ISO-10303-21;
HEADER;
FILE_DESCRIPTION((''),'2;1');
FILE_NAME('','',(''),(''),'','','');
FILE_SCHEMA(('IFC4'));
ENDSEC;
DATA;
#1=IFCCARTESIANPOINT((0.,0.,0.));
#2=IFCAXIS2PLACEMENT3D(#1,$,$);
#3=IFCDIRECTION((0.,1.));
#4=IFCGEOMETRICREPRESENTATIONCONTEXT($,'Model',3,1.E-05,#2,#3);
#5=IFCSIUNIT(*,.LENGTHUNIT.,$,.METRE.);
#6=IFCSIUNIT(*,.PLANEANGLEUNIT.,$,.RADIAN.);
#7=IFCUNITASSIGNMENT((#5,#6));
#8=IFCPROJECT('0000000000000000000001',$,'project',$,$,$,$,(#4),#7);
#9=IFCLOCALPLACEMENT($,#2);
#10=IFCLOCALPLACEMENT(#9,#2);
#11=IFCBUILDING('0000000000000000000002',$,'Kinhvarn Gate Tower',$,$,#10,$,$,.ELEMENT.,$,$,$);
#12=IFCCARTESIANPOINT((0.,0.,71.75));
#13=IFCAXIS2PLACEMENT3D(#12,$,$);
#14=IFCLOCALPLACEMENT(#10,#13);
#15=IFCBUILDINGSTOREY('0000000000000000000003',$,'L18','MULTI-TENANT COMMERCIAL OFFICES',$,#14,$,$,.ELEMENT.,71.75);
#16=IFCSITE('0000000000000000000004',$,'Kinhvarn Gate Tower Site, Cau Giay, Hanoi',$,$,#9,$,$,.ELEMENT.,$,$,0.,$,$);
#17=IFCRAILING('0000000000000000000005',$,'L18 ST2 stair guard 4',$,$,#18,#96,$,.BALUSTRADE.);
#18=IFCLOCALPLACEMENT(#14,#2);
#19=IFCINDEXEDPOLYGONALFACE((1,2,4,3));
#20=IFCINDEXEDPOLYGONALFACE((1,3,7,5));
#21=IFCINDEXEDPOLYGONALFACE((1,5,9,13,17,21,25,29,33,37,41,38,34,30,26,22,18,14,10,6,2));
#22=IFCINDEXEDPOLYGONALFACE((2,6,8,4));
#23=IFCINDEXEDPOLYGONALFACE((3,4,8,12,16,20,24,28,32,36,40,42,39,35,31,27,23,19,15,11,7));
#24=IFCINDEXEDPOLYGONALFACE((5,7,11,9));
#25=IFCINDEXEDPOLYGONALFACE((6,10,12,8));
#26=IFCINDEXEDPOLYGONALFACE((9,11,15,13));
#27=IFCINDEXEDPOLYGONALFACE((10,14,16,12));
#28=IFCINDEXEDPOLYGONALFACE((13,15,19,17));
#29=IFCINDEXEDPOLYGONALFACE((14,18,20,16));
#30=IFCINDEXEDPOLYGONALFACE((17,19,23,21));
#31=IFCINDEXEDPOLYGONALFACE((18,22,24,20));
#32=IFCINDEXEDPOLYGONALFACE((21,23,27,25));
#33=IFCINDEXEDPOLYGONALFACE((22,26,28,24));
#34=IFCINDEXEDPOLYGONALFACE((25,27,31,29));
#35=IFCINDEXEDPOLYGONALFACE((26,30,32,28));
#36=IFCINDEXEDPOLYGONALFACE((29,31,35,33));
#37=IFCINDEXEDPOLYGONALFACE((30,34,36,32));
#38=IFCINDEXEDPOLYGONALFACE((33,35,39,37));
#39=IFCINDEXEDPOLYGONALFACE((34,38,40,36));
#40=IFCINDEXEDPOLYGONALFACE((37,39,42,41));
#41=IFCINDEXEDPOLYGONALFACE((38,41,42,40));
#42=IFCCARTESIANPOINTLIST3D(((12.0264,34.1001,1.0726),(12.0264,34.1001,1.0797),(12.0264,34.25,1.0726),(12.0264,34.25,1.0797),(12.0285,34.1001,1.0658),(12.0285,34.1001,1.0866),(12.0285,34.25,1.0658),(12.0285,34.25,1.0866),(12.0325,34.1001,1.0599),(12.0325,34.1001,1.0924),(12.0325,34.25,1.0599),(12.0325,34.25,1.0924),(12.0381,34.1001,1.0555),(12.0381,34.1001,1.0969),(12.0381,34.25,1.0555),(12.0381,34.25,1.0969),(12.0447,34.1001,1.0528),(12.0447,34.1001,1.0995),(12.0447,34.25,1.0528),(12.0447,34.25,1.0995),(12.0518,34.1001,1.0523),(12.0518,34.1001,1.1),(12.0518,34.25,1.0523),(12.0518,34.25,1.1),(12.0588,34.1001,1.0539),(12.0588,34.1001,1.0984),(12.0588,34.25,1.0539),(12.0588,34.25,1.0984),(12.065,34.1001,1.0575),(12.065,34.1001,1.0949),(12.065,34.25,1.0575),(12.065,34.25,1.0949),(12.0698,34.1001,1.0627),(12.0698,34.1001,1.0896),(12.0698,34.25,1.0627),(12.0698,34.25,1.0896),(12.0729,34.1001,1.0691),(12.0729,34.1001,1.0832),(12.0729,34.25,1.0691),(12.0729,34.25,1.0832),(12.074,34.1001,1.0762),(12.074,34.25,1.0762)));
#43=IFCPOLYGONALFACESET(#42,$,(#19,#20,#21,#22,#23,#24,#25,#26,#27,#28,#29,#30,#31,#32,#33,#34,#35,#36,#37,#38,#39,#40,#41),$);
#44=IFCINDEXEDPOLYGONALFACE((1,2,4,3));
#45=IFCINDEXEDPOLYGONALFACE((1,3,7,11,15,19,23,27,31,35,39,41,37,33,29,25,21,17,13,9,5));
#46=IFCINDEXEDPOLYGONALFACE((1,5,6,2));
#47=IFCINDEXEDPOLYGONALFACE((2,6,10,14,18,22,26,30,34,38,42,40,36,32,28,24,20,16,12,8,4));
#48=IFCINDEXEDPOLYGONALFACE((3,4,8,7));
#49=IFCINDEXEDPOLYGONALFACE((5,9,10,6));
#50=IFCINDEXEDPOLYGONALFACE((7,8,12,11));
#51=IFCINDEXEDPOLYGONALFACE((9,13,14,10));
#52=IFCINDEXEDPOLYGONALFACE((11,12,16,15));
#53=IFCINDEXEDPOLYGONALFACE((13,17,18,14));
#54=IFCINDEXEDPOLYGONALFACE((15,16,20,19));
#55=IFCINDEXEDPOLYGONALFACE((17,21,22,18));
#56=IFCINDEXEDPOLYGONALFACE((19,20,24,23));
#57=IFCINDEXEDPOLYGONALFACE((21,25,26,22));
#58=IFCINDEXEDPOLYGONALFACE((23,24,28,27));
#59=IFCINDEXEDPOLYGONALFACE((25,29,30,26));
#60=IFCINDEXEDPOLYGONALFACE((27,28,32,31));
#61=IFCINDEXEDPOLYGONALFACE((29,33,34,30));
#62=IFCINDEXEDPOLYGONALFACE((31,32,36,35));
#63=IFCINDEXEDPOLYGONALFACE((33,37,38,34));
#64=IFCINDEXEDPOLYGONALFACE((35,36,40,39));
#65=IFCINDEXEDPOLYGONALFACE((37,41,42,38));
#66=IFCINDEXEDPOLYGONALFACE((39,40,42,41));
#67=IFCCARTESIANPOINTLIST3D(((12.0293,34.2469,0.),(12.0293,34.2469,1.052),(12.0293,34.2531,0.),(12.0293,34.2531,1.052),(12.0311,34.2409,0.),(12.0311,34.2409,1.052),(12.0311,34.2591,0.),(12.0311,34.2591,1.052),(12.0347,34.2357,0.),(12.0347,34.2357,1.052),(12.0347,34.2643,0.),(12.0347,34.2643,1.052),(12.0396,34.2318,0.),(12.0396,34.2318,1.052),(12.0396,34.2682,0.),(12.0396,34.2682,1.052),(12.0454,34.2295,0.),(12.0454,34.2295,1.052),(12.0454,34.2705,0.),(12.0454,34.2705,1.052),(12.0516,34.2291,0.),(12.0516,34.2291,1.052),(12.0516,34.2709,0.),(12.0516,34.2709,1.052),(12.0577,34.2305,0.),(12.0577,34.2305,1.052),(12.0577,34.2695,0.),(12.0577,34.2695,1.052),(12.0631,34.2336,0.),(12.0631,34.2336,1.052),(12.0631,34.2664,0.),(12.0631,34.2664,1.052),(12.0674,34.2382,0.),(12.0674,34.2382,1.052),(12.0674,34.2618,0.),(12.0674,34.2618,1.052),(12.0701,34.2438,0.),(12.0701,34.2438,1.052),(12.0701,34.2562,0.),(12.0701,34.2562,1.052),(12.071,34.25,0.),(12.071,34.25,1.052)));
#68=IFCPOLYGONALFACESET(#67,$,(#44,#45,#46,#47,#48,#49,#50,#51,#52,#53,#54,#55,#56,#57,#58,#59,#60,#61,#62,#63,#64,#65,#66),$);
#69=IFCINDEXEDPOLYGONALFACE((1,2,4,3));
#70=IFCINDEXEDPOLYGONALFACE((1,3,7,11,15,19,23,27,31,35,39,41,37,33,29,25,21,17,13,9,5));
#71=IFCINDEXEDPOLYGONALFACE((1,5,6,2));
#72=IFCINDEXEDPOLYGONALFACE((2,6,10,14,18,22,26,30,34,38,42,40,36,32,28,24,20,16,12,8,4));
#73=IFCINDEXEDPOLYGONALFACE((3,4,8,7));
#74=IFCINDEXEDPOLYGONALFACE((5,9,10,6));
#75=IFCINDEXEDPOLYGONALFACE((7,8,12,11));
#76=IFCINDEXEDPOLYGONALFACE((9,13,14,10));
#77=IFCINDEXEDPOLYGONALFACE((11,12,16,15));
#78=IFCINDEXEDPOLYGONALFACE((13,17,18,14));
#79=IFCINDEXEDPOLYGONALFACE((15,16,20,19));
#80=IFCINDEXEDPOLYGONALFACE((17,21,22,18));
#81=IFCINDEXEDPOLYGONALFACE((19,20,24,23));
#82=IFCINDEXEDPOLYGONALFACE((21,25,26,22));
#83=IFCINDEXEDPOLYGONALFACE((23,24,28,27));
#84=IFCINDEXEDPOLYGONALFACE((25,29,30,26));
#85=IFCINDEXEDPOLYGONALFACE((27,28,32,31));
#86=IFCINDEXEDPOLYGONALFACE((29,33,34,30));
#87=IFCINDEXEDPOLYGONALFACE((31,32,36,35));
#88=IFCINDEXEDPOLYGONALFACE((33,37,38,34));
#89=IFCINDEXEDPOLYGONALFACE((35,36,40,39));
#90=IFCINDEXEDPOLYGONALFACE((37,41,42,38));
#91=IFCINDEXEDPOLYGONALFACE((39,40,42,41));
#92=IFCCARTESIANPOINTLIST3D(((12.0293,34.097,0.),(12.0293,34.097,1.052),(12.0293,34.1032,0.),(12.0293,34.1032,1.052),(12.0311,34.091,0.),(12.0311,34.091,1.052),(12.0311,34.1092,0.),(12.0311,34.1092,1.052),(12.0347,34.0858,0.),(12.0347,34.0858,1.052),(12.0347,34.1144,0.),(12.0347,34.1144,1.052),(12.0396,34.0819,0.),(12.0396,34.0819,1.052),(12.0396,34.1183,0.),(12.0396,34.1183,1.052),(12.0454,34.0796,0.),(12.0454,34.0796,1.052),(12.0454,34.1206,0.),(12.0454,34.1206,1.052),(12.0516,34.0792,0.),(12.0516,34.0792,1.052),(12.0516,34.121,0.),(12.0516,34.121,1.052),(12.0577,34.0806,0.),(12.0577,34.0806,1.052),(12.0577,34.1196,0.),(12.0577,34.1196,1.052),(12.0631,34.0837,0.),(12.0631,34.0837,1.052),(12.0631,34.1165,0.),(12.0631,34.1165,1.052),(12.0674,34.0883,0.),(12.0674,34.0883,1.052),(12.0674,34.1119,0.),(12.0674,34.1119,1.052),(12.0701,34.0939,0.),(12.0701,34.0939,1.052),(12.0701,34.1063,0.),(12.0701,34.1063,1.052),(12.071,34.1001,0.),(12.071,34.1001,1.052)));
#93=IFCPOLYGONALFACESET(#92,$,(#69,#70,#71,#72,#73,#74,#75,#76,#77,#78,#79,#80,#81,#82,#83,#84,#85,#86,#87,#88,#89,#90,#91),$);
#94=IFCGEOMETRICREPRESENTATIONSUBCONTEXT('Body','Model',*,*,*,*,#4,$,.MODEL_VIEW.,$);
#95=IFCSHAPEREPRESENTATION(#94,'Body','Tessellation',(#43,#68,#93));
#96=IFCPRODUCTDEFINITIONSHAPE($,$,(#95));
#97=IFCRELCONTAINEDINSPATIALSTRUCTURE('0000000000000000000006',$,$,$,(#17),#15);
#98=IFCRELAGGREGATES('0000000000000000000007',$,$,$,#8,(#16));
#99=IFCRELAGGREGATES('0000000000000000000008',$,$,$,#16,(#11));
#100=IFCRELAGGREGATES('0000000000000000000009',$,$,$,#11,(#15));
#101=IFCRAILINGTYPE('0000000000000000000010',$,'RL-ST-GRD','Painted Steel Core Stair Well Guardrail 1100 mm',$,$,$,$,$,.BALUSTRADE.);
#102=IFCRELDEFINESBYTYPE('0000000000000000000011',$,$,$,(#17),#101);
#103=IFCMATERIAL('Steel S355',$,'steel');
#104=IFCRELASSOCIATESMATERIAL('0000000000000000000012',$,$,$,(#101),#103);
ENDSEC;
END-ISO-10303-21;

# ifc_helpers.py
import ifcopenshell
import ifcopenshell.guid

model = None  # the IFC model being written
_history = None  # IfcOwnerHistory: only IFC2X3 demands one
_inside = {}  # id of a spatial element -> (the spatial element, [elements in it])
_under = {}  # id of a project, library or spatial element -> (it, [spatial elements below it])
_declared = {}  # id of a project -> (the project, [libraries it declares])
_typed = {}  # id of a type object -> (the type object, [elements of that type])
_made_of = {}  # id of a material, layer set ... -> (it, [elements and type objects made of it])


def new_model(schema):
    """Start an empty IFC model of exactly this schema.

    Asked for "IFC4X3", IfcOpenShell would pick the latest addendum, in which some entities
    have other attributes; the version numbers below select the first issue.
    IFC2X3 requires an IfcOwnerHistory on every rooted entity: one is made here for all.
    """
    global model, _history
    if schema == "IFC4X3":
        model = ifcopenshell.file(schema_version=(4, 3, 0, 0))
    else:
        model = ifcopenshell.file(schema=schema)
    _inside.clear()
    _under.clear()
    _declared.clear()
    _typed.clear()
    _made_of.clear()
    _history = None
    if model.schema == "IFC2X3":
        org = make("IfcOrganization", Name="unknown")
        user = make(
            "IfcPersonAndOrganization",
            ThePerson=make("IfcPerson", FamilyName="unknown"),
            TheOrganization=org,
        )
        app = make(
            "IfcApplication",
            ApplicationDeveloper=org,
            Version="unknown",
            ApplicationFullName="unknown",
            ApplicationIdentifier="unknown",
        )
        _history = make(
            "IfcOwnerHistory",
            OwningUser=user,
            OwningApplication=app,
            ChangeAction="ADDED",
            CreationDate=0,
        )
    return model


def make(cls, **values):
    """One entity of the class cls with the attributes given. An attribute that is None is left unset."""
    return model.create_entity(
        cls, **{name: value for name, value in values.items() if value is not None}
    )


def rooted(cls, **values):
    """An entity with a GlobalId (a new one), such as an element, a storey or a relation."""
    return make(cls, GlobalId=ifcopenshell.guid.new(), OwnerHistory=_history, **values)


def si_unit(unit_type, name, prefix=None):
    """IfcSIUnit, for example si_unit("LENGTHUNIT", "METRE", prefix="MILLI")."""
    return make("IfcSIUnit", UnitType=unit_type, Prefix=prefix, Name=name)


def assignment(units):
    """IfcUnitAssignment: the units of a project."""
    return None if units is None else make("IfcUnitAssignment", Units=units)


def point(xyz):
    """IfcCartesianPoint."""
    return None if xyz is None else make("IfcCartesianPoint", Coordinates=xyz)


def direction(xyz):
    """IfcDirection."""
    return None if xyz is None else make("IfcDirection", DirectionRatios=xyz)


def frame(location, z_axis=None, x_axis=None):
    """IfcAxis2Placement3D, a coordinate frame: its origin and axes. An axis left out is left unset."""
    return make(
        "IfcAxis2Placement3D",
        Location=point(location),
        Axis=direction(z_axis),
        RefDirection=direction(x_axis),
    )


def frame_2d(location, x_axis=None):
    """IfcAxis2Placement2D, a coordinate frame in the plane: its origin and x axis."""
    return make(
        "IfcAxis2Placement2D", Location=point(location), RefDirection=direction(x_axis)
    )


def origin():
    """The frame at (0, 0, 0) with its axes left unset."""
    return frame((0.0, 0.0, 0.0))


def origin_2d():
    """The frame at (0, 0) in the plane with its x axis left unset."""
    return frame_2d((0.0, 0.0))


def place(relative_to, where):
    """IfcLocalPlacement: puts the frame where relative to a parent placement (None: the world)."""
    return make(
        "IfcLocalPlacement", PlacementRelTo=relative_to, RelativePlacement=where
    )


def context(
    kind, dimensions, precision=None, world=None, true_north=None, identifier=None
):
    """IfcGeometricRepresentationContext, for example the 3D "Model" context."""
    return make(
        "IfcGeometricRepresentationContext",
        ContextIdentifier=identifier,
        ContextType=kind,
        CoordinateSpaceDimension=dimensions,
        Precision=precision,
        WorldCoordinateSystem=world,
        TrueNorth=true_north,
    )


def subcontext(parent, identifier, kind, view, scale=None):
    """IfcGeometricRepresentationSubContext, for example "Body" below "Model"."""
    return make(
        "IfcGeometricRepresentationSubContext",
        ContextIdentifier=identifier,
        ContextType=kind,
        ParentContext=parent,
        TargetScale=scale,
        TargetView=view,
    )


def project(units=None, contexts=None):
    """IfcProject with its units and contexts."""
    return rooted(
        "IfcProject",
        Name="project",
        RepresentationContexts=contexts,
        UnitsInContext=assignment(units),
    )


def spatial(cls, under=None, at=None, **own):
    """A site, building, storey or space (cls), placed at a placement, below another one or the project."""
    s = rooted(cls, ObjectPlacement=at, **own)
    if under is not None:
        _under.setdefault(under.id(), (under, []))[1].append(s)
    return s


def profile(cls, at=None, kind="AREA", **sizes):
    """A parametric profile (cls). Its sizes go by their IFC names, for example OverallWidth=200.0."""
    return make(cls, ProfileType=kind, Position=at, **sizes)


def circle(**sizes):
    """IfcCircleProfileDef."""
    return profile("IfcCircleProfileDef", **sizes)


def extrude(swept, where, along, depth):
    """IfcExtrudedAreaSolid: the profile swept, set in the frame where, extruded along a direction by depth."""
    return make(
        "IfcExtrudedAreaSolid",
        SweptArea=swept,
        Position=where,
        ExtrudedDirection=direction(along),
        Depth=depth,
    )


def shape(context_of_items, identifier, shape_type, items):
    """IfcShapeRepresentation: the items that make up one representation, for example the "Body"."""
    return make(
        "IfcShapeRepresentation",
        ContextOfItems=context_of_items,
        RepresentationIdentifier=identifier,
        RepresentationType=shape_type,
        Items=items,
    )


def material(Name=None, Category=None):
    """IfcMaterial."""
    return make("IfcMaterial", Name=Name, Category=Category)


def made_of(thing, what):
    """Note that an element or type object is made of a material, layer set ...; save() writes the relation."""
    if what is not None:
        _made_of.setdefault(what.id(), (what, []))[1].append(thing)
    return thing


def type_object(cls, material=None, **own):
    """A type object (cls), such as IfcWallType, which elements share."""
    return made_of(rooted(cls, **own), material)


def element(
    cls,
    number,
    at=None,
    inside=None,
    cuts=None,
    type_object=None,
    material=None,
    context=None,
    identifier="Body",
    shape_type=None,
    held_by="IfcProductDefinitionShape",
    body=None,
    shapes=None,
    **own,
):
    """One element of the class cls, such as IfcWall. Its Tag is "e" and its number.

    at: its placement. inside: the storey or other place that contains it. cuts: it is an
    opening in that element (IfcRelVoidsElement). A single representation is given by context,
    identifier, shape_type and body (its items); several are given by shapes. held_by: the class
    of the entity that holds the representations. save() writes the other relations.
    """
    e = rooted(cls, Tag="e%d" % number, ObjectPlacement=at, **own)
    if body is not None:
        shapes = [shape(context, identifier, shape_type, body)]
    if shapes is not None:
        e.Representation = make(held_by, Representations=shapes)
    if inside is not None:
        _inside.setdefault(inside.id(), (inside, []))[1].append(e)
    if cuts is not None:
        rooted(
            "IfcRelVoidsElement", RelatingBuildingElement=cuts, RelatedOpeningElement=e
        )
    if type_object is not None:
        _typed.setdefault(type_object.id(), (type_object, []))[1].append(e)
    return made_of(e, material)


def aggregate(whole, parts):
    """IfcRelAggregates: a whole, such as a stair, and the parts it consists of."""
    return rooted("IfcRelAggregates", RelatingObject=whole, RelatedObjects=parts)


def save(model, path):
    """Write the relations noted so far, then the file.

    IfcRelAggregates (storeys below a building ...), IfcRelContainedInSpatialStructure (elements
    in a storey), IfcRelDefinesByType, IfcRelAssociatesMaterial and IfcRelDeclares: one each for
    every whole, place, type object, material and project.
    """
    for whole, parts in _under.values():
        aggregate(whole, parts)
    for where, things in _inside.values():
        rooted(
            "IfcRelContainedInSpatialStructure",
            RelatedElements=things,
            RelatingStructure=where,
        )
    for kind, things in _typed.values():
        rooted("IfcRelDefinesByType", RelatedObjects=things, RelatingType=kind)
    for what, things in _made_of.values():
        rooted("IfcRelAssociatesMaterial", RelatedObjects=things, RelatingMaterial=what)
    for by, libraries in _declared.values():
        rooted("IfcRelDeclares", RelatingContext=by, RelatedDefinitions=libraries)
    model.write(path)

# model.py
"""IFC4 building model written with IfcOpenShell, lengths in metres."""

from ifc_helpers import new_model, si_unit, direction, frame, origin, origin_2d, place, context, subcontext, project, spatial, circle, extrude, material, type_object, element, save


model = new_model("IFC4")

# Units and contexts
model_context = context("Model", 3, precision=1e-05, world=origin(), true_north=direction((0.0, 1.0)))
body_context = subcontext(model_context, "Body", "Model", "MODEL_VIEW")
ifc_project = project(units=[si_unit("LENGTHUNIT", "METRE"), si_unit("PLANEANGLEUNIT", "RADIAN")], contexts=[model_context])

# Site, building, storey
site_placement = place(None, origin())
site = spatial("IfcSite", under=ifc_project, at=site_placement, Name="Kinhvarn Gate Tower Site, Cau Giay, Hanoi", CompositionType="ELEMENT", RefElevation=0.0)
building_placement = place(site_placement, origin())
building = spatial("IfcBuilding", under=site, at=building_placement, Name="Kinhvarn Gate Tower", CompositionType="ELEMENT")
storey_placement = place(building_placement, frame((0.0, 0.0, 71.75)))
storey = spatial("IfcBuildingStorey", under=building, at=storey_placement, Name="L18", Description="MULTI-TENANT COMMERCIAL OFFICES", CompositionType="ELEMENT", Elevation=71.75)

# Shared definitions
ifc_material_1 = material(Name="Steel S355", Category="steel")

# Railing
railing_type_1 = type_object("IfcRailingType", Name="RL-ST-GRD", Description="Painted Steel Core Stair Well Guardrail 1100 mm", PredefinedType="BALUSTRADE", material=ifc_material_1)
railing_1_placement = place(storey_placement, frame((12.05, 34.25, 0.0)))
element("IfcRailing", 1, at=railing_1_placement, inside=storey, type_object=railing_type_1, Name="L18 ST2 stair guard 4", PredefinedType="BALUSTRADE", context=body_context, shape_type="SweptSolid", body=[
    extrude(circle(Radius=0.0239, at=origin_2d()), frame((0.0, 0.0, 1.0762), z_axis=(0.0, -1.0, 0.0), x_axis=(1.0, 0.0, 0.0)), (0.0, 0.0, 1.0), 0.1499),
    extrude(circle(Radius=0.021, at=origin_2d()), origin(), (0.0, 0.0, 1.0), 1.052),
    extrude(circle(Radius=0.021, at=origin_2d()), frame((0.0, -0.1499, 0.0)), (0.0, 0.0, 1.0), 1.052),
])

save(model, "model.ifc")
